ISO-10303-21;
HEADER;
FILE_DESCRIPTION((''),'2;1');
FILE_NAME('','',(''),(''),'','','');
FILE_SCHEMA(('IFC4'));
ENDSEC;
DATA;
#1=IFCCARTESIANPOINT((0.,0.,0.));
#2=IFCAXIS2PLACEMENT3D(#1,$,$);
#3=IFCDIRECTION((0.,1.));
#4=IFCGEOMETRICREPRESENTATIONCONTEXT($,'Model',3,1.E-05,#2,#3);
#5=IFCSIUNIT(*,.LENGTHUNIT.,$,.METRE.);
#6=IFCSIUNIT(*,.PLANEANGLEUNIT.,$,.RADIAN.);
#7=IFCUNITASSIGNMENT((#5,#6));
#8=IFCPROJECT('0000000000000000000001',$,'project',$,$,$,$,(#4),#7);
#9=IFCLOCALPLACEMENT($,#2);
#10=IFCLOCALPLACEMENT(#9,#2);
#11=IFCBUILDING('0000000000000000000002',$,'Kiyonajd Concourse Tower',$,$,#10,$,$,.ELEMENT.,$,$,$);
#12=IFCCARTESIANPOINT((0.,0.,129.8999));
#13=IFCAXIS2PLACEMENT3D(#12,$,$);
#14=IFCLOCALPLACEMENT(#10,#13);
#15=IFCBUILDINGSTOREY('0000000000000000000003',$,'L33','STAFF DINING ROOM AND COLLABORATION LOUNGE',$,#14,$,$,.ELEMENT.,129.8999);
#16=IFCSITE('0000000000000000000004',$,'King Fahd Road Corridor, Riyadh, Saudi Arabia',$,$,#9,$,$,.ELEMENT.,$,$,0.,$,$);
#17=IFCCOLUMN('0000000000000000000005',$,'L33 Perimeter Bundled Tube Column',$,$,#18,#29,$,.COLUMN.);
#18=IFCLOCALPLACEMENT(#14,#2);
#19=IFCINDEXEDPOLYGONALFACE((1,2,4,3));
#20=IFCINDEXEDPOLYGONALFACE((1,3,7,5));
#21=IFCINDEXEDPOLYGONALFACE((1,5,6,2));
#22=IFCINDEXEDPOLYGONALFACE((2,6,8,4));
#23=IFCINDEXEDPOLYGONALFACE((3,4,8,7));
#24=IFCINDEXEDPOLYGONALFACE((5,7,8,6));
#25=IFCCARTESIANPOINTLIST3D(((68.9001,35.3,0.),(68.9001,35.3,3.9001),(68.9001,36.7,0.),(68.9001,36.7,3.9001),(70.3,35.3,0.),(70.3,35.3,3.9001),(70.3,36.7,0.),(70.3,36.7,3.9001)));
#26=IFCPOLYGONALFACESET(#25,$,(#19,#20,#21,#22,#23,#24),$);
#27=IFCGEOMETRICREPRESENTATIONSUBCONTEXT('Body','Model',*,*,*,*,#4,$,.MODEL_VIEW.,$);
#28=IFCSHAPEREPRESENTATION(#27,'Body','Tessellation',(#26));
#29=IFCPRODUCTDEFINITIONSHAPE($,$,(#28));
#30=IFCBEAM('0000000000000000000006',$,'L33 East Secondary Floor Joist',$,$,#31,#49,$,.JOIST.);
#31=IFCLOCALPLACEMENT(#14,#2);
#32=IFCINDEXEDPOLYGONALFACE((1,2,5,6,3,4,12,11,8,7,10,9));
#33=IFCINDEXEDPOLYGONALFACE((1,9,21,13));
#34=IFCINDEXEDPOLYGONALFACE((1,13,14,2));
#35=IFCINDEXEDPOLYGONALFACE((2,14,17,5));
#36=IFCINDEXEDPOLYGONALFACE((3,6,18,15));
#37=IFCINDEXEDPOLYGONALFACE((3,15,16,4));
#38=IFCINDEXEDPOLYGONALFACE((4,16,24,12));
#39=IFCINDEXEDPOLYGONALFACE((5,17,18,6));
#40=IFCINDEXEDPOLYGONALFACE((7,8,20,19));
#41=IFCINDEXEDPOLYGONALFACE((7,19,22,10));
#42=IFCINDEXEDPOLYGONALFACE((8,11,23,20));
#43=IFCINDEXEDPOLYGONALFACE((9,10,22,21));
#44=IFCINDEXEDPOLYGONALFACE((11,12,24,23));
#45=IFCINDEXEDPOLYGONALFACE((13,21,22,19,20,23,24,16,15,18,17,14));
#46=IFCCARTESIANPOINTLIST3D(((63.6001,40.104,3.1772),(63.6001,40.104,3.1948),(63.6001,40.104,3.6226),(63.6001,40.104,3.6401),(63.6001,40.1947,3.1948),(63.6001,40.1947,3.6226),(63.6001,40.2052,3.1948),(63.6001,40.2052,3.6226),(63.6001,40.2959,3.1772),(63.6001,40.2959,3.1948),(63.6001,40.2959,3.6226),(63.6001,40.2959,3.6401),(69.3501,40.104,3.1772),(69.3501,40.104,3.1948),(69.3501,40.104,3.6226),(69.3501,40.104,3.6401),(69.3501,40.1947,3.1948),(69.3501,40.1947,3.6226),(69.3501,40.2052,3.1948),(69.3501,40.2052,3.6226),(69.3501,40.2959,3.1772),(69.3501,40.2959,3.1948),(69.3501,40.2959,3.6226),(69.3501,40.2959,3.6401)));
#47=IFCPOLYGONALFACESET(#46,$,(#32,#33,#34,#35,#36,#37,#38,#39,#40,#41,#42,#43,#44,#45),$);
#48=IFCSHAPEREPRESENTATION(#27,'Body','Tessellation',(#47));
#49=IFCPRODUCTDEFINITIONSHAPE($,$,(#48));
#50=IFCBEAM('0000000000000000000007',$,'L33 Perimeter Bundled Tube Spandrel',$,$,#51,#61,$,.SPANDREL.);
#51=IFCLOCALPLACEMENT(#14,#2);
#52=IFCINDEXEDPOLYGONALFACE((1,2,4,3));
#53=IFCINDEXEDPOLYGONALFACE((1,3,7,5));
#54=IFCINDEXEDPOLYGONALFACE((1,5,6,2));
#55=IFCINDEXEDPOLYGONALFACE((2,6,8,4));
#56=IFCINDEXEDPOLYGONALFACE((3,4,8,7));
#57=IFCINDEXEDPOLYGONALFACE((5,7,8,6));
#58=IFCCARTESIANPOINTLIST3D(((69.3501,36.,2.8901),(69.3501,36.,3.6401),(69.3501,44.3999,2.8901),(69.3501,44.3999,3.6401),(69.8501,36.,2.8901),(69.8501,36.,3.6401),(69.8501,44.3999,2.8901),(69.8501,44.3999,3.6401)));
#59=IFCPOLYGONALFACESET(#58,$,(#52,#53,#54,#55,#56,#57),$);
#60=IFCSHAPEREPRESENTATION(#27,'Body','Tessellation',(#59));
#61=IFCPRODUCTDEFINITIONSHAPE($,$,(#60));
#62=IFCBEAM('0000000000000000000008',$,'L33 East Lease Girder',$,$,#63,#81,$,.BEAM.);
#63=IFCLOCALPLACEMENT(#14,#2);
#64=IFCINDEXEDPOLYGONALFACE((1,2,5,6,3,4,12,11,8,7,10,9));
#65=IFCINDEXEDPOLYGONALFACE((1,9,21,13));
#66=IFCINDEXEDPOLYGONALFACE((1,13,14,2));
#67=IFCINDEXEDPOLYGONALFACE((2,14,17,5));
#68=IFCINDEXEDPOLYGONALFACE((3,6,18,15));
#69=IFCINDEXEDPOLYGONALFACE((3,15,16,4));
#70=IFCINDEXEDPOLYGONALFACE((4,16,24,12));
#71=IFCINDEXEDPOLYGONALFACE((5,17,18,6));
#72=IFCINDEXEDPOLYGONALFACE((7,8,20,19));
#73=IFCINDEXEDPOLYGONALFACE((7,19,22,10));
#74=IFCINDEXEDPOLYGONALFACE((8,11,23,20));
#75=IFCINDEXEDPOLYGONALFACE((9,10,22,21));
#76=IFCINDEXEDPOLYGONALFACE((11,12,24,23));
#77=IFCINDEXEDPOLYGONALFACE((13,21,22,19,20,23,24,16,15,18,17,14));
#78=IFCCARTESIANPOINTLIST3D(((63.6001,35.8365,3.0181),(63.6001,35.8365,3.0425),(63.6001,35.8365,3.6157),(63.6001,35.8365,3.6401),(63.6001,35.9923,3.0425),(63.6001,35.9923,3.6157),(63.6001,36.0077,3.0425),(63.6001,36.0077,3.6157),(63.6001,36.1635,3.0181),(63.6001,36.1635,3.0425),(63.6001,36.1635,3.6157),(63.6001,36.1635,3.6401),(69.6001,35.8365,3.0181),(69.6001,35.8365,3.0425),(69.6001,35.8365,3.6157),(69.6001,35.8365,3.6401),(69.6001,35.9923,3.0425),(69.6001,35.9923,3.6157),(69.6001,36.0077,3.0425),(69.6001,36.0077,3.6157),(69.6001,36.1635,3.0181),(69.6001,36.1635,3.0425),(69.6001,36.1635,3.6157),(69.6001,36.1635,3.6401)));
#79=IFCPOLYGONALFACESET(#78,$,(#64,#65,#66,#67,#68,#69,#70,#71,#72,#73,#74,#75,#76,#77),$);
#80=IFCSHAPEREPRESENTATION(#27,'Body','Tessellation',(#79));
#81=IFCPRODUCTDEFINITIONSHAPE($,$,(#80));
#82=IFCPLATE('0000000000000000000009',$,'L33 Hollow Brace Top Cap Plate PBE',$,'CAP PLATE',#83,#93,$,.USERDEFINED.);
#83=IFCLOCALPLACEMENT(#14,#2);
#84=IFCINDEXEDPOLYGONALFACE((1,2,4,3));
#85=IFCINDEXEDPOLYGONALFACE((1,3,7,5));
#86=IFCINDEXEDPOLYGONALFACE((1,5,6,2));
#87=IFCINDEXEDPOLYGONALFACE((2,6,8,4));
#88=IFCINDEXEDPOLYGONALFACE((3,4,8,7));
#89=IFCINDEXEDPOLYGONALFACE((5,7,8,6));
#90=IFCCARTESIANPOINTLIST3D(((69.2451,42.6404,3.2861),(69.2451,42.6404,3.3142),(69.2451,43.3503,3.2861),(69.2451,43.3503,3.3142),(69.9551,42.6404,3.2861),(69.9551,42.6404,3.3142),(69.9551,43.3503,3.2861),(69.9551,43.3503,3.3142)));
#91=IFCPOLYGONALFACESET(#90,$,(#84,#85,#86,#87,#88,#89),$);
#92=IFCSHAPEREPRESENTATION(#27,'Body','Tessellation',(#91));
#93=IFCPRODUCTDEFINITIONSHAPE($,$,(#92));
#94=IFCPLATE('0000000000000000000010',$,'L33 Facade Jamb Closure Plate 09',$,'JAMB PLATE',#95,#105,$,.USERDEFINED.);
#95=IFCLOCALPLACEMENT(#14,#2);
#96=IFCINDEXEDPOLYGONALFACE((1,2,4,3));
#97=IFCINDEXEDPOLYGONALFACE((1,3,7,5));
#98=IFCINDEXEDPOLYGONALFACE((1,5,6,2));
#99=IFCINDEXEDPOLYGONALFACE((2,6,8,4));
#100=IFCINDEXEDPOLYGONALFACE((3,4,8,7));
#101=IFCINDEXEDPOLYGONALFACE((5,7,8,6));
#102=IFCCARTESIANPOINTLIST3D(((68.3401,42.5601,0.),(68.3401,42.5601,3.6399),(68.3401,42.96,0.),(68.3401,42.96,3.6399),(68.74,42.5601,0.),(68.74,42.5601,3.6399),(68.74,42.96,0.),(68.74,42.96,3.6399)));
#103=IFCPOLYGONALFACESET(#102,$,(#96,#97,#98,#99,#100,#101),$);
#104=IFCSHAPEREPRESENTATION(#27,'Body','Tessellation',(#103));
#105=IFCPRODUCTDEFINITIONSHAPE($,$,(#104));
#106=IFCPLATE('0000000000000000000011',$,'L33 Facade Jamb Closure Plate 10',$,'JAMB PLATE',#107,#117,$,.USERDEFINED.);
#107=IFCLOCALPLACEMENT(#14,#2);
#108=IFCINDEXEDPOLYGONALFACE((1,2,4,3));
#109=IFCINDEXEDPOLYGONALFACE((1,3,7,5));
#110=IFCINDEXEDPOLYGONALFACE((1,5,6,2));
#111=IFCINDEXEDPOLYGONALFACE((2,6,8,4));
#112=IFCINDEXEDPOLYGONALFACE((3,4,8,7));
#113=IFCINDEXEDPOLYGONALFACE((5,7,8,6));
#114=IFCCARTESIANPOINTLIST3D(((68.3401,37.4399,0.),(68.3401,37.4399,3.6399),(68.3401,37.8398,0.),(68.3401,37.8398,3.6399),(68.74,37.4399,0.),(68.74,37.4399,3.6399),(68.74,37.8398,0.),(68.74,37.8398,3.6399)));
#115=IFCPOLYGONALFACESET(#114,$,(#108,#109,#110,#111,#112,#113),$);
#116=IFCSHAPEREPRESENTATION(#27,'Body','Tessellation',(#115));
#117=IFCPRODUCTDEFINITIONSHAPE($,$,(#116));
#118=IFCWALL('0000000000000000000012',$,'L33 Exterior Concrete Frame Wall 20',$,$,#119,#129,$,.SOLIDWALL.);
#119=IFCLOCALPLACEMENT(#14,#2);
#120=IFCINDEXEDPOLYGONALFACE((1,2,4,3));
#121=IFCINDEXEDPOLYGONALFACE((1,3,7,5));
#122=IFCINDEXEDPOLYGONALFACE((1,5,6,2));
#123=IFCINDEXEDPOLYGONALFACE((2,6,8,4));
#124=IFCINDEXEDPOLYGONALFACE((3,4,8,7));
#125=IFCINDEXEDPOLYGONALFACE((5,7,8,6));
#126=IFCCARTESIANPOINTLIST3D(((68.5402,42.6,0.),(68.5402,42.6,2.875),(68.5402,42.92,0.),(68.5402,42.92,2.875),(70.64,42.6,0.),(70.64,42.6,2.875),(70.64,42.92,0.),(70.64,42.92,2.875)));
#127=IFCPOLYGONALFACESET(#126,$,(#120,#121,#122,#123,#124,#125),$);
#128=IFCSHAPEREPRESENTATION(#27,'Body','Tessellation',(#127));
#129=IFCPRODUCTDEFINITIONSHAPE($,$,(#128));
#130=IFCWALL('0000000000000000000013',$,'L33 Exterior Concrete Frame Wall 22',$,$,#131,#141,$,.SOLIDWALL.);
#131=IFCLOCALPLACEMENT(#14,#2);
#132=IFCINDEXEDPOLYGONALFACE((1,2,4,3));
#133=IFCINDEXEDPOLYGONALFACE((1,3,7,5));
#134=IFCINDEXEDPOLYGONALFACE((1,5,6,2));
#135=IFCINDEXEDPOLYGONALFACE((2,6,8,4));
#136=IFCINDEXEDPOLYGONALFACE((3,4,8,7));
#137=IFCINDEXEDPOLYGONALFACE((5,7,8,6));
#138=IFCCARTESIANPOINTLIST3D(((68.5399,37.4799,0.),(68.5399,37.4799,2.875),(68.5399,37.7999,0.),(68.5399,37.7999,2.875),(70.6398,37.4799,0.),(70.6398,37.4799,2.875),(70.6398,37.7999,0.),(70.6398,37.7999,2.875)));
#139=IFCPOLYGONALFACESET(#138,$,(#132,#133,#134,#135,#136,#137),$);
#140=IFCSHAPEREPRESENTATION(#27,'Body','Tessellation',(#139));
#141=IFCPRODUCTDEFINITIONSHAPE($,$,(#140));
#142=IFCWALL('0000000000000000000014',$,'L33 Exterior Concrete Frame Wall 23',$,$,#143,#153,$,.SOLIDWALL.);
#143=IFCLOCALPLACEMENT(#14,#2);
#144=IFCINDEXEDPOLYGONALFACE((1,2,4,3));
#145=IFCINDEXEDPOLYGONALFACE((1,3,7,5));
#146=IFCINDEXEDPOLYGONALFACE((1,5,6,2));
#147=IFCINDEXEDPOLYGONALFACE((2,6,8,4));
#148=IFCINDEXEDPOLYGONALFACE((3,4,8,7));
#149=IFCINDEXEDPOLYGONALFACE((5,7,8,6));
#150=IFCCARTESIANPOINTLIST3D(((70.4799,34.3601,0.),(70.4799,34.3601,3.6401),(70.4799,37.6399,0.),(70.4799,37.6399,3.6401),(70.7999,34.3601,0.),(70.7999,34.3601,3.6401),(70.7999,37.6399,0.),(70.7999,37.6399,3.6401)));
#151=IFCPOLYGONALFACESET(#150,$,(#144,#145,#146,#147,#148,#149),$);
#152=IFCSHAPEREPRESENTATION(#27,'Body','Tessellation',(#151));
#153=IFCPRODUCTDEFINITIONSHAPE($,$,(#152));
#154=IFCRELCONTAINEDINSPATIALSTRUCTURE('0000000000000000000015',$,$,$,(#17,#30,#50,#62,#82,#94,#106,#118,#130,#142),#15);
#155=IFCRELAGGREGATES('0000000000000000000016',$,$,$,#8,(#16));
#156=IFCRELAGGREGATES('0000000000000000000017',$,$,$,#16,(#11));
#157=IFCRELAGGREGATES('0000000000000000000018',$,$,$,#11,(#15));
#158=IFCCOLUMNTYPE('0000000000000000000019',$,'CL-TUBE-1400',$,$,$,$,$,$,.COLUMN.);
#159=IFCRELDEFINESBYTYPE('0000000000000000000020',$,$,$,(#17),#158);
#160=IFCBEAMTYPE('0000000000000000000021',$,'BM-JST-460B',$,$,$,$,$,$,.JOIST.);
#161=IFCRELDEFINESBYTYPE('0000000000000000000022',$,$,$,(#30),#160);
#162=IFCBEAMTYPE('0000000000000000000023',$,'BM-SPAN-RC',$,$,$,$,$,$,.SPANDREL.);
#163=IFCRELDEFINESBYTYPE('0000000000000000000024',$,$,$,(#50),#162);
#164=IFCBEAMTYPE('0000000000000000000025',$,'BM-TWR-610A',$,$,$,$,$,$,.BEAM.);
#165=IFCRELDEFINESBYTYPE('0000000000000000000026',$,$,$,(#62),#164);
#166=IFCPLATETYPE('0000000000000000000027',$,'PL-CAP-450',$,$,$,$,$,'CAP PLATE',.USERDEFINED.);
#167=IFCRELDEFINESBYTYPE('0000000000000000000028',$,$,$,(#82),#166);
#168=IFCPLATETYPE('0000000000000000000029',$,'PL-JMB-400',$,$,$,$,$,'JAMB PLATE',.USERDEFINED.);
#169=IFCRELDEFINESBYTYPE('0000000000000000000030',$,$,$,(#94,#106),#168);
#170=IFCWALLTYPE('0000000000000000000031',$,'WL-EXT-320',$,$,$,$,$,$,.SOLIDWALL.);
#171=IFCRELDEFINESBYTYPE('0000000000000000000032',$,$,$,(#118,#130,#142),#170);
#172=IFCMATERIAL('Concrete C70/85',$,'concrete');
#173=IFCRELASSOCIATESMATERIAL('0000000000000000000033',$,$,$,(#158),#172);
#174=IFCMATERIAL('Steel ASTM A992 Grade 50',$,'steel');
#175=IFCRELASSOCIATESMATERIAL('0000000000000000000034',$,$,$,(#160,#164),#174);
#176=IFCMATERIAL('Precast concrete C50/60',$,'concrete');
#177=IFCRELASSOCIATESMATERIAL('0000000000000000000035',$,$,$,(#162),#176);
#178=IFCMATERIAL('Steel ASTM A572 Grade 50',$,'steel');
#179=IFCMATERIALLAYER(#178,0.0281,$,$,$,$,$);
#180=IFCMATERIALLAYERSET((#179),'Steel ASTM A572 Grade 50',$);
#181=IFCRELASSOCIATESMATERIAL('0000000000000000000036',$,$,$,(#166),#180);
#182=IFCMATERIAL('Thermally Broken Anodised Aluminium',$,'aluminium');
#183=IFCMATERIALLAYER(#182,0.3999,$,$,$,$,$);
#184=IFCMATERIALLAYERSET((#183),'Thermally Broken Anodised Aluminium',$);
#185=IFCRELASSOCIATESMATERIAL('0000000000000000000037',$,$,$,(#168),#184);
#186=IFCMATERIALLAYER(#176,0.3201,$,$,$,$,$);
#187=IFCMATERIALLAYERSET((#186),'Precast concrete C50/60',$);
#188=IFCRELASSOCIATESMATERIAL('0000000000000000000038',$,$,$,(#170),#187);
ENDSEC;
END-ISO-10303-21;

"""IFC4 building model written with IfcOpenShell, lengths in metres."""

from ifc_helpers import new_model, si_unit, direction, frame, frame_2d, origin, origin_2d, place, context, subcontext, project, spatial, rectangle, i_section, extrude, material, layer, layer_set, material_profile, profile_set, type_object, element, save


model = new_model("IFC4")

# Units and contexts
model_context = context("Model", 3, precision=1e-05, world=origin(), true_north=direction((0.0, 1.0)))
body_context = subcontext(model_context, "Body", "Model", "MODEL_VIEW")
ifc_project = project(units=[si_unit("LENGTHUNIT", "METRE"), si_unit("PLANEANGLEUNIT", "RADIAN")], contexts=[model_context])

# Site, building, storey
site_placement = place(None, origin())
site = spatial("IfcSite", under=ifc_project, at=site_placement, Name="King Fahd Road Corridor, Riyadh, Saudi Arabia", CompositionType="ELEMENT", RefElevation=0.0)
building_placement = place(site_placement, origin())
building = spatial("IfcBuilding", under=site, at=building_placement, Name="Kiyonajd Concourse Tower", CompositionType="ELEMENT")
storey_placement = place(building_placement, frame((0.0, 0.0, 129.8999)))
storey = spatial("IfcBuildingStorey", under=building, at=storey_placement, Name="L33", Description="STAFF DINING ROOM AND COLLABORATION LOUNGE", CompositionType="ELEMENT", Elevation=129.8999)

# Column
ifc_material_1 = material(Name="Concrete C70/85", Category="concrete")
ifc_material_profile_1 = material_profile(ifc_material_1, rectangle(XDim=1.3999, YDim=1.3999, at=origin_2d()), Name="RC-1400x1400")
ifc_profile_set_1 = profile_set([ifc_material_profile_1], Name="Concrete C70/85")
column_type = type_object("IfcColumnType", Name="CL-TUBE-1400", PredefinedType="COLUMN", material=ifc_profile_set_1)
column_placement = place(storey_placement, frame((69.6001, 36.0, 0.0), z_axis=(0.0, 0.0, 1.0), x_axis=(1.0, 0.0, 0.0)))
element("IfcColumn", 1, at=column_placement, inside=storey, type_object=column_type, Name="L33 Perimeter Bundled Tube Column", PredefinedType="COLUMN", context=body_context, shape_type="SweptSolid", body=[
    extrude(rectangle(XDim=1.3999, YDim=1.3999, at=origin_2d()), origin(), (0.0, 0.0, 1.0), 3.9001),
])

# Beams
ifc_material_2 = material(Name="Steel ASTM A992 Grade 50", Category="steel")
ifc_material_profile_2 = material_profile(ifc_material_2, i_section(OverallWidth=0.1919, OverallDepth=0.4629, WebThickness=0.0105, FlangeThickness=0.0176, at=origin_2d()), Name="W460X89")
ifc_profile_set_2 = profile_set([ifc_material_profile_2], Name="Steel ASTM A992 Grade 50")
beam_type_1 = type_object("IfcBeamType", Name="BM-JST-460B", PredefinedType="JOIST", material=ifc_profile_set_2)
beam_1_placement = place(storey_placement, frame((63.6001, 40.2, 3.4087), z_axis=(1.0, 0.0, 0.0), x_axis=(0.0, 1.0, 0.0)))
element("IfcBeam", 2, at=beam_1_placement, inside=storey, type_object=beam_type_1, Name="L33 East Secondary Floor Joist", PredefinedType="JOIST", context=body_context, shape_type="SweptSolid", body=[
    extrude(i_section(OverallWidth=0.1919, OverallDepth=0.4629, WebThickness=0.0105, FlangeThickness=0.0176, at=origin_2d()), origin(), (0.0, 0.0, 1.0), 5.75),
])
ifc_material_3 = material(Name="Precast concrete C50/60", Category="concrete")
ifc_material_profile_3 = material_profile(ifc_material_3, rectangle(XDim=0.5, YDim=0.75, at=origin_2d()), Name="RCBM-500x750")
ifc_profile_set_3 = profile_set([ifc_material_profile_3], Name="Precast concrete C50/60")
beam_type_2 = type_object("IfcBeamType", Name="BM-SPAN-RC", PredefinedType="SPANDREL", material=ifc_profile_set_3)
beam_2_placement = place(storey_placement, frame((69.6001, 36.0, 3.2651), z_axis=(0.0, 1.0, 0.0), x_axis=(-1.0, 0.0, 0.0)))
element("IfcBeam", 3, at=beam_2_placement, inside=storey, type_object=beam_type_2, Name="L33 Perimeter Bundled Tube Spandrel", PredefinedType="SPANDREL", context=body_context, shape_type="SweptSolid", body=[
    extrude(rectangle(XDim=0.5, YDim=0.75, at=origin_2d()), origin(), (0.0, 0.0, 1.0), 8.3999),
])
ifc_material_profile_4 = material_profile(ifc_material_2, i_section(OverallWidth=0.3269, OverallDepth=0.6221, WebThickness=0.0154, FlangeThickness=0.0244, at=origin_2d()), Name="W610X195")
ifc_profile_set_4 = profile_set([ifc_material_profile_4], Name="Steel ASTM A992 Grade 50")
beam_type_3 = type_object("IfcBeamType", Name="BM-TWR-610A", PredefinedType="BEAM", material=ifc_profile_set_4)
beam_3_placement = place(storey_placement, frame((63.6001, 36.0, 3.3291), z_axis=(1.0, 0.0, 0.0), x_axis=(0.0, 1.0, 0.0)))
element("IfcBeam", 4, at=beam_3_placement, inside=storey, type_object=beam_type_3, Name="L33 East Lease Girder", PredefinedType="BEAM", context=body_context, shape_type="SweptSolid", body=[
    extrude(i_section(OverallWidth=0.3269, OverallDepth=0.6221, WebThickness=0.0154, FlangeThickness=0.0244, at=origin_2d()), origin(), (0.0, 0.0, 1.0), 6.0),
])

# Plates
ifc_material_4 = material(Name="Steel ASTM A572 Grade 50", Category="steel")
ifc_layer_1 = layer(ifc_material_4, 0.0281)
ifc_layer_set_1 = layer_set([ifc_layer_1], Name="Steel ASTM A572 Grade 50")
plate_type_1 = type_object("IfcPlateType", Name="PL-CAP-450", ElementType="CAP PLATE", PredefinedType="USERDEFINED", material=ifc_layer_set_1)
plate_placement = place(storey_placement, frame((69.6001, 42.9954, 3.2861), z_axis=(0.0, 0.0, 1.0), x_axis=(1.0, 0.0, 0.0)))
element("IfcPlate", 5, at=plate_placement, inside=storey, type_object=plate_type_1, Name="L33 Hollow Brace Top Cap Plate PBE", ObjectType="CAP PLATE", PredefinedType="USERDEFINED", context=body_context, shape_type="SweptSolid", body=[
    extrude(rectangle(XDim=0.71, YDim=0.71, at=origin_2d()), origin(), (0.0, 0.0, 1.0), 0.0281),
])
ifc_material_5 = material(Name="Thermally Broken Anodised Aluminium", Category="aluminium")
ifc_layer_2 = layer(ifc_material_5, 0.3999)
ifc_layer_set_2 = layer_set([ifc_layer_2], Name="Thermally Broken Anodised Aluminium")
plate_type_2 = type_object("IfcPlateType", Name="PL-JMB-400", ElementType="JAMB PLATE", PredefinedType="USERDEFINED", material=ifc_layer_set_2)
for number, where, z_axis, x_axis, name in (
    (6, (68.54, 42.76, 0.0), (0.0, 0.0, 1.0), (1.0, 0.0, 0.0), "L33 Facade Jamb Closure Plate 09"),
    (7, (68.54, 37.6399, 0.0), (0.0, 0.0, 1.0), (1.0, 0.0, 0.0), "L33 Facade Jamb Closure Plate 10"),
):
    element("IfcPlate", number, at=place(storey_placement, frame(where, z_axis=z_axis, x_axis=x_axis)), inside=storey, type_object=plate_type_2, Name=name, ObjectType="JAMB PLATE", PredefinedType="USERDEFINED", context=body_context, shape_type="SweptSolid", body=[
        extrude(rectangle(XDim=0.3999, YDim=0.3999, at=origin_2d()), origin(), (0.0, 0.0, 1.0), 3.6399),
    ])

# Walls
ifc_layer_3 = layer(ifc_material_3, 0.3201)
ifc_layer_set_3 = layer_set([ifc_layer_3], Name="Precast concrete C50/60")
wall_type_1 = type_object("IfcWallType", Name="WL-EXT-320", PredefinedType="SOLIDWALL", material=ifc_layer_set_3)
for number, where, z_axis, x_axis, name in (
    (8, (70.6399, 42.76, 0.0), (0.0, 0.0, 1.0), (-1.0, 0.0, 0.0), "L33 Exterior Concrete Frame Wall 20"),
    (9, (68.54, 37.6399, 0.0), (0.0, 0.0, 1.0), (1.0, 0.0, 0.0), "L33 Exterior Concrete Frame Wall 22"),
):
    element("IfcWall", number, at=place(storey_placement, frame(where, z_axis=z_axis, x_axis=x_axis)), inside=storey, type_object=wall_type_1, Name=name, PredefinedType="SOLIDWALL", context=body_context, shape_type="SweptSolid", body=[
        extrude(rectangle(XDim=2.0999, YDim=0.3201, at=frame_2d((1.0498, 0.0))), origin(), (0.0, 0.0, 1.0), 2.875),
    ])
wall_1_placement = place(storey_placement, frame((70.6399, 37.6399, 0.0), z_axis=(0.0, 0.0, 1.0), x_axis=(0.0, -1.0, 0.0)))
element("IfcWall", 10, at=wall_1_placement, inside=storey, type_object=wall_type_1, Name="L33 Exterior Concrete Frame Wall 23", PredefinedType="SOLIDWALL", context=body_context, shape_type="SweptSolid", body=[
    extrude(rectangle(XDim=3.2798, YDim=0.3201, at=frame_2d((1.6399, 0.0))), origin(), (0.0, 0.0, 1.0), 3.6401),
])

save(model, "model.ifc")
